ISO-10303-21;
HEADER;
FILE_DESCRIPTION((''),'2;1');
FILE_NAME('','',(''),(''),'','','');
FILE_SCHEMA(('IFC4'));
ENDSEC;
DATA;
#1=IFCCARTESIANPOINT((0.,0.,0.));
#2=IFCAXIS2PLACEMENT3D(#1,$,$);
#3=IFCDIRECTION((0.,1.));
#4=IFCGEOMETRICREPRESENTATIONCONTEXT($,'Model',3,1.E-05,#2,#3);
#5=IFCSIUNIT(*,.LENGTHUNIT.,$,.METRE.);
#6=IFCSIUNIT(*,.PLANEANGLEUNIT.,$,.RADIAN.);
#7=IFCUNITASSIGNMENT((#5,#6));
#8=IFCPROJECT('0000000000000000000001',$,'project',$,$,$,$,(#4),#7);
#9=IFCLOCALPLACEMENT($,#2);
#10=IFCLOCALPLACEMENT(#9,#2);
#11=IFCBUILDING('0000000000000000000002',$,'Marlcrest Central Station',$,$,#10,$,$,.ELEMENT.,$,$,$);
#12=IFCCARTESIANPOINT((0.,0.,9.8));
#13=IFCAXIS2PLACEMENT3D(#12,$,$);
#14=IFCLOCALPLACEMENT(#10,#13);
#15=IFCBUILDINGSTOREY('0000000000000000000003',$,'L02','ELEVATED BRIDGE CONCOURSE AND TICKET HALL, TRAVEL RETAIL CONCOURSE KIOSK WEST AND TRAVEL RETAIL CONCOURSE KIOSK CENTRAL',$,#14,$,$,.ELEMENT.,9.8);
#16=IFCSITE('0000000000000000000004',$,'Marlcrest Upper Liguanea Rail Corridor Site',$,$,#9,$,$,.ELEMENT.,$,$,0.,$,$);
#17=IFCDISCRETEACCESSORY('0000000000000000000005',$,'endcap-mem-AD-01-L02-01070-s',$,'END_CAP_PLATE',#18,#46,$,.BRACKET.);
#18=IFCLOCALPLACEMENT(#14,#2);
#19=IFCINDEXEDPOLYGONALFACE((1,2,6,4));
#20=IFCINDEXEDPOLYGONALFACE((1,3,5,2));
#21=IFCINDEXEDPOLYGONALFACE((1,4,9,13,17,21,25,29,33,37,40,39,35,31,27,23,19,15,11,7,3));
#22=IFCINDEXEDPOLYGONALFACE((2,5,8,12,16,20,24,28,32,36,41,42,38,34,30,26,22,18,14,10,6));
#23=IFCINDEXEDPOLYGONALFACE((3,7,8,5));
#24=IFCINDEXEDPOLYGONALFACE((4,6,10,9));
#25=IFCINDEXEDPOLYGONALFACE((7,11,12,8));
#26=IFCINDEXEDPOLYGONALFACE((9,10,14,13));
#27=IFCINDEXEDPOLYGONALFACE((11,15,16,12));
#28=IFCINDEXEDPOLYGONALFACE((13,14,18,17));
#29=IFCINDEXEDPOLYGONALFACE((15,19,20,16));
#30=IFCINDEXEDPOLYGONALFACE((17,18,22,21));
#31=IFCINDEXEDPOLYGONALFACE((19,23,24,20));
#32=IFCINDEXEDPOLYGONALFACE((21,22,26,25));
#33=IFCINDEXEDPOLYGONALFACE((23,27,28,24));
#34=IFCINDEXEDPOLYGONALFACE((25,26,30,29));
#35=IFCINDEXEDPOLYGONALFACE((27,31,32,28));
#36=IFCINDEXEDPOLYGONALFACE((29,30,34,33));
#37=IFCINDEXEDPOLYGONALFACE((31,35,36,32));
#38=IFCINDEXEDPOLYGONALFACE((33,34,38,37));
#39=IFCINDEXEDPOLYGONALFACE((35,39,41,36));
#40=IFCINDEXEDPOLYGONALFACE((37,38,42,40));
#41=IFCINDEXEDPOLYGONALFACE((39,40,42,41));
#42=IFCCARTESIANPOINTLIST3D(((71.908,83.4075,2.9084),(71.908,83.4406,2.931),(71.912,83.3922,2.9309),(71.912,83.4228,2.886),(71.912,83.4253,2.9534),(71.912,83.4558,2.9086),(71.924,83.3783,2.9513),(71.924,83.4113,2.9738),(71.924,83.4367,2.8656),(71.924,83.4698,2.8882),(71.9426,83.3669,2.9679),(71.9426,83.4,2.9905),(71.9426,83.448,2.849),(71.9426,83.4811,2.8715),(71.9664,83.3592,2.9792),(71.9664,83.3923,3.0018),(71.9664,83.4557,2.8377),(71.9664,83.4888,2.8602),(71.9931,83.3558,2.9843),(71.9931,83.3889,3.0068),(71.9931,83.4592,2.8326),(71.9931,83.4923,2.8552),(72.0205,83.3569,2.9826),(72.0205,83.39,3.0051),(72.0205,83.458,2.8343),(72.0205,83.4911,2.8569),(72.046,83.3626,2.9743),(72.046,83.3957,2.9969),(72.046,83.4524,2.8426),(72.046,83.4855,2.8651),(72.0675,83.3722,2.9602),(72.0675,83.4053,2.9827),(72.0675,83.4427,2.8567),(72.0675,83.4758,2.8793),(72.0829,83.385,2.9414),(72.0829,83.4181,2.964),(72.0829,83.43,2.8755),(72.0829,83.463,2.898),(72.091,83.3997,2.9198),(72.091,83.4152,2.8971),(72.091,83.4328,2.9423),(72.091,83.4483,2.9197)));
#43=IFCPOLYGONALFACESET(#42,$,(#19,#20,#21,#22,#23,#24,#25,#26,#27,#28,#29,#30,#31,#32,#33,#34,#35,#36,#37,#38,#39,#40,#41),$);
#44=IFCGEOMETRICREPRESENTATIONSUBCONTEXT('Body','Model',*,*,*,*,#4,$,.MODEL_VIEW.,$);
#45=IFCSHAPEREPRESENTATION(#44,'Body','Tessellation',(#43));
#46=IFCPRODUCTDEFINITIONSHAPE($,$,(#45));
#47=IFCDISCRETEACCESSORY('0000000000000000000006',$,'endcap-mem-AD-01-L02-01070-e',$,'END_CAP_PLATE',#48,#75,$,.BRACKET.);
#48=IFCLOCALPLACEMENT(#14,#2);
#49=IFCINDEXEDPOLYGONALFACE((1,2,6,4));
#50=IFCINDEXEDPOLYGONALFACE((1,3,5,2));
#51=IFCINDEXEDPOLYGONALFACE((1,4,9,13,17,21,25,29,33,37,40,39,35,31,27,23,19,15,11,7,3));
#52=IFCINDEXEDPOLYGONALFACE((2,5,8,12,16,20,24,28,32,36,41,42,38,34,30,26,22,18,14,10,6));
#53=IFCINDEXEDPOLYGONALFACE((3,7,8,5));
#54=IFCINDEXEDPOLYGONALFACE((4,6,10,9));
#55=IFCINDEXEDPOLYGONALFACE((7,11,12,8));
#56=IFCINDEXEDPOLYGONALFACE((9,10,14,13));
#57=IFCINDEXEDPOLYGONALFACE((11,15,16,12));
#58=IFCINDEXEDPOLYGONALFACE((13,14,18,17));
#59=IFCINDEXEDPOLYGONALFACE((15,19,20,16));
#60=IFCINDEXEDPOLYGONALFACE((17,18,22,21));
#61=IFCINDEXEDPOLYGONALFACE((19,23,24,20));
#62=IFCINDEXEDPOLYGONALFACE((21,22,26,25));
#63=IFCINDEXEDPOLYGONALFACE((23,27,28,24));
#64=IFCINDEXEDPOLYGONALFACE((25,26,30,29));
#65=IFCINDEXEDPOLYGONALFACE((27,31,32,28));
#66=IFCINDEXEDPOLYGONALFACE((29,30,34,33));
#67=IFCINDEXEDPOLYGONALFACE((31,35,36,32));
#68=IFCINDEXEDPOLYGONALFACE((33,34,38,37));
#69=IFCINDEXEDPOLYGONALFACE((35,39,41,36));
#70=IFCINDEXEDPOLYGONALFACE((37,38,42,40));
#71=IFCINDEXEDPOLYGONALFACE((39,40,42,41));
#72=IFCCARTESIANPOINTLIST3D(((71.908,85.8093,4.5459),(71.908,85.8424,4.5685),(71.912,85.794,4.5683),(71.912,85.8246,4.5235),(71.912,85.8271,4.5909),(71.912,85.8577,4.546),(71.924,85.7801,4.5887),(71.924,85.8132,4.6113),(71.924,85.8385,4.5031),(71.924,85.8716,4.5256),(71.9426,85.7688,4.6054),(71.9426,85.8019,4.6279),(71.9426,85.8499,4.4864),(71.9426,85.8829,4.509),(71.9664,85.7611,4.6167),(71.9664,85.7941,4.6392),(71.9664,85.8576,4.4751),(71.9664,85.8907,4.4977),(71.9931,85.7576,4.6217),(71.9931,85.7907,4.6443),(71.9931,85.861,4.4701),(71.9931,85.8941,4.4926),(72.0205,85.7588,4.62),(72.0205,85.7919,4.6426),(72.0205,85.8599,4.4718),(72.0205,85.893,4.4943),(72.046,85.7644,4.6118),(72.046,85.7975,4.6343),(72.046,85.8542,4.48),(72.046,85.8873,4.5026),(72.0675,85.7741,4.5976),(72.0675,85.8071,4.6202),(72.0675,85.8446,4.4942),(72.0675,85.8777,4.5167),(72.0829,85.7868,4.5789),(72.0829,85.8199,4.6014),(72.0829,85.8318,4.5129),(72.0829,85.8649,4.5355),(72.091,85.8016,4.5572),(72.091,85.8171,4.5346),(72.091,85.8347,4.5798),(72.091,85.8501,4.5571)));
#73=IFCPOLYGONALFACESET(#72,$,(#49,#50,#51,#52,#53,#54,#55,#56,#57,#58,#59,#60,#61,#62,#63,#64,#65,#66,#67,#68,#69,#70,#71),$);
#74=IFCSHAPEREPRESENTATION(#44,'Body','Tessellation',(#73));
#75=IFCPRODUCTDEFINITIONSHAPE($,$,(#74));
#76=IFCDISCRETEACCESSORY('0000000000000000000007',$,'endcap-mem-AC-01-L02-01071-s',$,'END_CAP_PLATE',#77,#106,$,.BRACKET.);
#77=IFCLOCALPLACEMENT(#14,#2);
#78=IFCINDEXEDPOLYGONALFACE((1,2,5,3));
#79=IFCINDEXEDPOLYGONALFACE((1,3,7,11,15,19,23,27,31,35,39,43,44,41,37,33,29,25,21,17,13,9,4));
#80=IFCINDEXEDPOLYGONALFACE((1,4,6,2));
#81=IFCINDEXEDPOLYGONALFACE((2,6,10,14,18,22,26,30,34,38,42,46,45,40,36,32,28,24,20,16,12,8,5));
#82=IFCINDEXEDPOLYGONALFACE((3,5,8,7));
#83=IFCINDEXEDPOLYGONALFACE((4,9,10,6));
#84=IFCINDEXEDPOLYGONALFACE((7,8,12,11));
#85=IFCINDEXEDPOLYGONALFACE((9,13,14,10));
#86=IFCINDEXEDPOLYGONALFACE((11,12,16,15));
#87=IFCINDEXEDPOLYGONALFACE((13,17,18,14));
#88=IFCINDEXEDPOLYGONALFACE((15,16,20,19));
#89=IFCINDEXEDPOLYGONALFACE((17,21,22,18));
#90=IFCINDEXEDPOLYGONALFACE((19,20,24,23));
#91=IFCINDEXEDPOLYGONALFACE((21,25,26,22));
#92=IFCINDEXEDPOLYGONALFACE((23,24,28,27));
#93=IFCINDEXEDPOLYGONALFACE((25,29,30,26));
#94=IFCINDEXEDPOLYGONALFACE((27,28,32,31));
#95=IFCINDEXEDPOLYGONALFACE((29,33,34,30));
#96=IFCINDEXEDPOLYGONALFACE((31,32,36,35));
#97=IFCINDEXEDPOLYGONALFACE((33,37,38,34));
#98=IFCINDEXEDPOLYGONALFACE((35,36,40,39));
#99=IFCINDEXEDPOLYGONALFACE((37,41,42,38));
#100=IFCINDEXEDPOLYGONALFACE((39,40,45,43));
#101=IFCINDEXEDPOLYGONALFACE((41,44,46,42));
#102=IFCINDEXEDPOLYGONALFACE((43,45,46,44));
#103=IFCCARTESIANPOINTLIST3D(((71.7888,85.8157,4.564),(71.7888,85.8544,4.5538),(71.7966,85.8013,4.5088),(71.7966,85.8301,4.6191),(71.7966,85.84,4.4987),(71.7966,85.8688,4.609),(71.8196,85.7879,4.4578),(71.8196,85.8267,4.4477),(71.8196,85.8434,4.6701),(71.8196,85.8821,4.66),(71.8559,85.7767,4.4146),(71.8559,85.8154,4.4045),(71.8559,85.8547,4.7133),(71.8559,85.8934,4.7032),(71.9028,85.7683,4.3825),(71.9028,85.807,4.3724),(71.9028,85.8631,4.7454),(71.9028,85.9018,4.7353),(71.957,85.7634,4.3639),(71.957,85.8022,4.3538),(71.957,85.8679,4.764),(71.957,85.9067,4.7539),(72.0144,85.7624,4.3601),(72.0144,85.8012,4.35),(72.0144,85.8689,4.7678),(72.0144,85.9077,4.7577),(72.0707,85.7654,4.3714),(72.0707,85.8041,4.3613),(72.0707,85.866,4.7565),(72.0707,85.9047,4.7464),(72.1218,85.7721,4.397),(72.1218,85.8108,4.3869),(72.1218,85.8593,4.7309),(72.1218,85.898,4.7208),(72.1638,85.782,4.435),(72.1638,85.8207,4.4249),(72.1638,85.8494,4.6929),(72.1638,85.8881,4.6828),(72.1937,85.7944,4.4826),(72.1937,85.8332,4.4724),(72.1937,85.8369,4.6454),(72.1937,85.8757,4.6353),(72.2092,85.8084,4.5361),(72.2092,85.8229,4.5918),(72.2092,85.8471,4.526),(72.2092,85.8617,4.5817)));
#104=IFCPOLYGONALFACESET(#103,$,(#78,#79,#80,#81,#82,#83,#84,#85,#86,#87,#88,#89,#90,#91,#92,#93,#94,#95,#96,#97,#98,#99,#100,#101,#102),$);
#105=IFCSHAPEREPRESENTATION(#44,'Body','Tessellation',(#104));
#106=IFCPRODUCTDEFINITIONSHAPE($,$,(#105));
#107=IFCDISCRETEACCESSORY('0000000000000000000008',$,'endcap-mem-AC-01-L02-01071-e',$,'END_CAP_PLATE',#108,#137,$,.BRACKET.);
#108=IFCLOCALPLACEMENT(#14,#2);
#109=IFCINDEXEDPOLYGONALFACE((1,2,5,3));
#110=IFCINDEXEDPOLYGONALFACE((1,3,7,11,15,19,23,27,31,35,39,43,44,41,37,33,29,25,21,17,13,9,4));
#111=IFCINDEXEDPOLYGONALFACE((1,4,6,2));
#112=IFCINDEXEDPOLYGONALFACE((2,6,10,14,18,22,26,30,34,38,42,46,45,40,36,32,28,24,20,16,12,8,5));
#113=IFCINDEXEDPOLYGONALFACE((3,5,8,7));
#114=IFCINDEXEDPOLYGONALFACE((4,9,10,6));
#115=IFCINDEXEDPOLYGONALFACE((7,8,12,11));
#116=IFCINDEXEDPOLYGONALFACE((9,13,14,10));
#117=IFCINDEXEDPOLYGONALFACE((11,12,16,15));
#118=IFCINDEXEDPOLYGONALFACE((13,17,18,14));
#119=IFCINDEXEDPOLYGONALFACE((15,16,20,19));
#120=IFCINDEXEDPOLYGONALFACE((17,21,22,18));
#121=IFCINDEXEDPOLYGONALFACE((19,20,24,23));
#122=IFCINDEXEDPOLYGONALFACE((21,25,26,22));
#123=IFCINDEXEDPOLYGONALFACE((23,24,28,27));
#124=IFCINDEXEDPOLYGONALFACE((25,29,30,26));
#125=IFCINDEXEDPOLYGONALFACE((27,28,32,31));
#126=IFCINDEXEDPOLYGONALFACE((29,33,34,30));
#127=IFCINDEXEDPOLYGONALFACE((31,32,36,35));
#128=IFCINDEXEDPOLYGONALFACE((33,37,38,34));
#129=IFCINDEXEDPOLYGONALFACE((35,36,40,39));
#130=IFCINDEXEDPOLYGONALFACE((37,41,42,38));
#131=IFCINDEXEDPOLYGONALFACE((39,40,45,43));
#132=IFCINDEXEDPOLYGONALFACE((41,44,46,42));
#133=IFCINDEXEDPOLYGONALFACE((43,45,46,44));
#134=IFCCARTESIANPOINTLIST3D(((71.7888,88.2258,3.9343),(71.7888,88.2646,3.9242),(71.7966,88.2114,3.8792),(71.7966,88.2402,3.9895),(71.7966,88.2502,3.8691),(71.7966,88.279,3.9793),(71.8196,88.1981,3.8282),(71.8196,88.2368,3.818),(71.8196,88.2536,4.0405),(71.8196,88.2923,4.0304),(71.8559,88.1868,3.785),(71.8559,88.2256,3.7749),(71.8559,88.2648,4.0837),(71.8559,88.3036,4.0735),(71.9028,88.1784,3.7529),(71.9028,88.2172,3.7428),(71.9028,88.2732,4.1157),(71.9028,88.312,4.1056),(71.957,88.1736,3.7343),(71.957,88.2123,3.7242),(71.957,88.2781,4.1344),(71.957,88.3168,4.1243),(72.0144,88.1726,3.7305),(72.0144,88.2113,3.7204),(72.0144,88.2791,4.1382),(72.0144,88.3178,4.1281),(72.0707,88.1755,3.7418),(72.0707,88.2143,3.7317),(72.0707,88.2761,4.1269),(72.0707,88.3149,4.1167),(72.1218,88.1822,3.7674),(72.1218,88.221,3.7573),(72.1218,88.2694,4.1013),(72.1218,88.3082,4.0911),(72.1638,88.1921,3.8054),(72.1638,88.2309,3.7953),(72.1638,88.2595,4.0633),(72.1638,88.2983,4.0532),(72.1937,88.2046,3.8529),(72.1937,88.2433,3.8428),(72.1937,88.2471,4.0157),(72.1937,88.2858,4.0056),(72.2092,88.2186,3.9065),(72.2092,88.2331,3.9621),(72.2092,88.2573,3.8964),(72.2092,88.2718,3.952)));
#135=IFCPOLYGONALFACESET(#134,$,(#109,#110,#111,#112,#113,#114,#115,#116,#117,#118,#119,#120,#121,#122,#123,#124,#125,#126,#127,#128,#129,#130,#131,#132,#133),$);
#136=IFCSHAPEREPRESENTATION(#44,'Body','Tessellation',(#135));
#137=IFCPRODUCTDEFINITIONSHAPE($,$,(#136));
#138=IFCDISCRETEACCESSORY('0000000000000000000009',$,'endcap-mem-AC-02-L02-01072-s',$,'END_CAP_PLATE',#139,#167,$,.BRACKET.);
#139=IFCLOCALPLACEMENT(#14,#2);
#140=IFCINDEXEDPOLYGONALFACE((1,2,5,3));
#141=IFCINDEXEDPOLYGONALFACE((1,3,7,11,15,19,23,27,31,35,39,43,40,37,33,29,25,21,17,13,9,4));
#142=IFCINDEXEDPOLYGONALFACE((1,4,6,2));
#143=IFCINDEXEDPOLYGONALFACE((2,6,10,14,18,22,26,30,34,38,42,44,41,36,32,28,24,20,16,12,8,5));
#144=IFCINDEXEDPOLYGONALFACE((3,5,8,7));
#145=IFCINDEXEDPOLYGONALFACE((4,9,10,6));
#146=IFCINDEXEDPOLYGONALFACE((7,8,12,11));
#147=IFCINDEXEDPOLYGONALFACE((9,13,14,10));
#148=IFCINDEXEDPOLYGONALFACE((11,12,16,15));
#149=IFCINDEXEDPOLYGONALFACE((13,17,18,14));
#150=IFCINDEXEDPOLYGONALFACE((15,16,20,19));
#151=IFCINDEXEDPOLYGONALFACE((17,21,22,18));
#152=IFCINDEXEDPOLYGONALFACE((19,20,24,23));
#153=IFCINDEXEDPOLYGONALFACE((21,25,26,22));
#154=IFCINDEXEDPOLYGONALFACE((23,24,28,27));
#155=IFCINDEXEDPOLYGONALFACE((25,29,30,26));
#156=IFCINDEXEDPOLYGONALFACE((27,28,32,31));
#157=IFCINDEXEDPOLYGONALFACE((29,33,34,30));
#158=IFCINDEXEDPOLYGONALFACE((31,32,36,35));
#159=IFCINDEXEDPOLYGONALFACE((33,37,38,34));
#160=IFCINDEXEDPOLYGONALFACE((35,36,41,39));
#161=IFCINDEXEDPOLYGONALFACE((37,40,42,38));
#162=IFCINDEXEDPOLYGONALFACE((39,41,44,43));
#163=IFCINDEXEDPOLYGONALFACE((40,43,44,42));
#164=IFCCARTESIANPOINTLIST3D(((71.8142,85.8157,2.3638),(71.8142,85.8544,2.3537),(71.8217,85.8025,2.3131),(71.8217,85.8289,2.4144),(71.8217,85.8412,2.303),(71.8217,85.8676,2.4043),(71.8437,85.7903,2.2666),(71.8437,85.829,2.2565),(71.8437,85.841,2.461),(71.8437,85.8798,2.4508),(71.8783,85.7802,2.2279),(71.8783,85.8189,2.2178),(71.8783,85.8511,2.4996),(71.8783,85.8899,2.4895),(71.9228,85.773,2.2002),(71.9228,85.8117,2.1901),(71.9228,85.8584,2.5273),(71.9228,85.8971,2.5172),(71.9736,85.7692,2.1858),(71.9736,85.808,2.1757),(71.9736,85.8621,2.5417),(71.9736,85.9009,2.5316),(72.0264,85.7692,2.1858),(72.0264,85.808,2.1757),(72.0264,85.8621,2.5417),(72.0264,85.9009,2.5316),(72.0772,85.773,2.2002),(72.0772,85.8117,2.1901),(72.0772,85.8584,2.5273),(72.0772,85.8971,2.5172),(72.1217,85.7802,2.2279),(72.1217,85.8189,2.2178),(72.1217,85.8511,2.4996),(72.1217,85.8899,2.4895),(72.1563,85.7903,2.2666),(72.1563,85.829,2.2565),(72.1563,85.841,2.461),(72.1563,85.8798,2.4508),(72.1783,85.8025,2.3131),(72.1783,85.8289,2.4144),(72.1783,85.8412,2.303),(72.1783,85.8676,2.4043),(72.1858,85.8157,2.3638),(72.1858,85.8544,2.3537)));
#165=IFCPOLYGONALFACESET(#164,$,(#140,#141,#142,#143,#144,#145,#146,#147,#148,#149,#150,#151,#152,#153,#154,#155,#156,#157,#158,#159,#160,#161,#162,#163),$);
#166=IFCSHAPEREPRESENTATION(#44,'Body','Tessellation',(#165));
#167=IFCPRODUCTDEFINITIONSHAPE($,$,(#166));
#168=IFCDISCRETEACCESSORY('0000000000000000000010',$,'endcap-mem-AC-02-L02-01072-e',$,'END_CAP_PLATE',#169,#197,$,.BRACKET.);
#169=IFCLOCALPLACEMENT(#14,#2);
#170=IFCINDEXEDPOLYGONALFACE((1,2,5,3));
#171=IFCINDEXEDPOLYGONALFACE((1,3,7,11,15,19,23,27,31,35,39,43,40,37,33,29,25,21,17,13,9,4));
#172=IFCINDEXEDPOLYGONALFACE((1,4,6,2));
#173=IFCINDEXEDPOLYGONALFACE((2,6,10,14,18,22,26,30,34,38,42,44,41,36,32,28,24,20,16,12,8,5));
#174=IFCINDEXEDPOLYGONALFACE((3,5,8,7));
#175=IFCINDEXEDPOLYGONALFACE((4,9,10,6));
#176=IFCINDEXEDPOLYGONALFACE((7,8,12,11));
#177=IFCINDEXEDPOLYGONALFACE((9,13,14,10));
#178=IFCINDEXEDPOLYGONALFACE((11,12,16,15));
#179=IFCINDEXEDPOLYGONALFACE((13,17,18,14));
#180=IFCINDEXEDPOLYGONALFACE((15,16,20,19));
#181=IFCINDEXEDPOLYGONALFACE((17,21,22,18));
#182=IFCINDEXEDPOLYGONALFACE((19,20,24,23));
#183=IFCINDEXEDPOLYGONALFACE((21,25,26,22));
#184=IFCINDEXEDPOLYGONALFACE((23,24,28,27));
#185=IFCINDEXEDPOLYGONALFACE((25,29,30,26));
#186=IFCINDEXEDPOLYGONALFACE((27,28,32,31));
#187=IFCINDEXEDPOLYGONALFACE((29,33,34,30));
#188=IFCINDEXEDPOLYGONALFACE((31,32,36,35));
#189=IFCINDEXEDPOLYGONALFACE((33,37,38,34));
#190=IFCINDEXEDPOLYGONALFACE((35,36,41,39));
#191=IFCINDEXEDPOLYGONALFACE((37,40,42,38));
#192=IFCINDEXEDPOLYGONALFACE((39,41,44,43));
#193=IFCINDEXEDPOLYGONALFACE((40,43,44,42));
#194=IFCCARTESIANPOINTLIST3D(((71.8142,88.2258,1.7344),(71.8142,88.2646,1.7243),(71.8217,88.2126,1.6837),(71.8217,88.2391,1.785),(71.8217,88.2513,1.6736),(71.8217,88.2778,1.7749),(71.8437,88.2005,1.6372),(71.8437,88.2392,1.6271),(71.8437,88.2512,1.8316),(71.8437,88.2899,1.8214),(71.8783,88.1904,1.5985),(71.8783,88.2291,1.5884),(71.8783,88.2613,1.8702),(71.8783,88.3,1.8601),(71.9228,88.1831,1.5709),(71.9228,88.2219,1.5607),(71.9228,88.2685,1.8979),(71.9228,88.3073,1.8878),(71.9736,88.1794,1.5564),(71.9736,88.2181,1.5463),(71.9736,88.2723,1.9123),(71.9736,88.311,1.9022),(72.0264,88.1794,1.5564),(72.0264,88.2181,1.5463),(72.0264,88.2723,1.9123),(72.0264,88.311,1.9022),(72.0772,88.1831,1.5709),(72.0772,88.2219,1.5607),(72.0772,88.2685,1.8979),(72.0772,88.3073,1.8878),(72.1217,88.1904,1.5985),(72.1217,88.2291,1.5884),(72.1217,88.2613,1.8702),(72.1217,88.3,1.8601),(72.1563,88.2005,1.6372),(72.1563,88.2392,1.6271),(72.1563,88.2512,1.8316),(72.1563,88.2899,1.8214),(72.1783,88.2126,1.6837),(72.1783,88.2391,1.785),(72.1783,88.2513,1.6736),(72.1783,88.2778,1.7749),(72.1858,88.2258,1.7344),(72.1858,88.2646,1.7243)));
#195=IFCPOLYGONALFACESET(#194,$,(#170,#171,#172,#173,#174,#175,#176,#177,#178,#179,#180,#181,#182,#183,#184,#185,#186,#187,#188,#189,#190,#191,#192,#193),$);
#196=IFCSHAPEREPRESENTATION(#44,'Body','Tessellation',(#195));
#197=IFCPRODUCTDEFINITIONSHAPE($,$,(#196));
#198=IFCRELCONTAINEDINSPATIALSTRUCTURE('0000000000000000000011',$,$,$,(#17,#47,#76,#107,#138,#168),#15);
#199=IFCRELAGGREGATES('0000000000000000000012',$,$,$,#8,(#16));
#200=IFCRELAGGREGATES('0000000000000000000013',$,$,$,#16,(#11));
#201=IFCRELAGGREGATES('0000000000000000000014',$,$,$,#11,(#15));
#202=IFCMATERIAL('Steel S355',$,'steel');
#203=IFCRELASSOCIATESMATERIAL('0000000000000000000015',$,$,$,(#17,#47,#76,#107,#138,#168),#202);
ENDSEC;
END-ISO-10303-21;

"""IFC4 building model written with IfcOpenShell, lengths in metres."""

from ifc_helpers import new_model, si_unit, direction, frame, origin, origin_2d, place, context, subcontext, project, spatial, circle, extrude, material, element, save


model = new_model("IFC4")

# Units and contexts
model_context = context("Model", 3, precision=1e-05, world=origin(), true_north=direction((0.0, 1.0)))
body_context = subcontext(model_context, "Body", "Model", "MODEL_VIEW")
ifc_project = project(units=[si_unit("LENGTHUNIT", "METRE"), si_unit("PLANEANGLEUNIT", "RADIAN")], contexts=[model_context])

# Site, building, storey
site_placement = place(None, origin())
site = spatial("IfcSite", under=ifc_project, at=site_placement, Name="Marlcrest Upper Liguanea Rail Corridor Site", CompositionType="ELEMENT", RefElevation=0.0)
building_placement = place(site_placement, origin())
building = spatial("IfcBuilding", under=site, at=building_placement, Name="Marlcrest Central Station", CompositionType="ELEMENT")
storey_placement = place(building_placement, frame((0.0, 0.0, 9.8)))
storey = spatial("IfcBuildingStorey", under=building, at=storey_placement, Name="L02", Description="ELEVATED BRIDGE CONCOURSE AND TICKET HALL, TRAVEL RETAIL CONCOURSE KIOSK WEST AND TRAVEL RETAIL CONCOURSE KIOSK CENTRAL", CompositionType="ELEMENT", Elevation=9.8)

# Shared definitions
ifc_material_1 = material(Name="Steel S355", Category="steel")

# Discrete accessories
for number, where, z_axis, x_axis, name in (
    (1, (72.0, 83.4075, 2.9084), (0.0, 0.826263, 0.563285), (-1.0, 0.0, 0.0), "endcap-mem-AD-01-L02-01070-s"),
    (2, (72.0, 85.8093, 4.5459), (0.0, 0.826263, 0.563285), (-1.0, 0.0, 0.0), "endcap-mem-AD-01-L02-01070-e"),
):
    element("IfcDiscreteAccessory", number, at=place(storey_placement, frame(where, z_axis=z_axis, x_axis=x_axis)), inside=storey, material=ifc_material_1, Name=name, ObjectType="END_CAP_PLATE", PredefinedType="BRACKET", context=body_context, shape_type="SweptSolid", body=[
        extrude(circle(Radius=0.092, at=origin_2d()), origin(), (0.0, 0.0, 1.0), 0.04),
    ])
for number, where, z_axis, x_axis, name in (
    (3, (72.0, 85.8157, 4.564), (0.0, 0.967539, -0.25272), (-1.0, 0.0, 0.0), "endcap-mem-AC-01-L02-01071-s"),
    (4, (72.0, 88.2258, 3.9343), (0.0, 0.967539, -0.25272), (-1.0, 0.0, 0.0), "endcap-mem-AC-01-L02-01071-e"),
):
    element("IfcDiscreteAccessory", number, at=place(storey_placement, frame(where, z_axis=z_axis, x_axis=x_axis)), inside=storey, material=ifc_material_1, Name=name, ObjectType="END_CAP_PLATE", PredefinedType="BRACKET", context=body_context, shape_type="SweptSolid", body=[
        extrude(circle(Radius=0.2112, at=origin_2d()), origin(), (0.0, 0.0, 1.0), 0.04),
    ])
for number, where, z_axis, x_axis, name in (
    (5, (72.0, 85.8157, 2.3638), (0.0, 0.967563, -0.252629), (-1.0, 0.0, 0.0), "endcap-mem-AC-02-L02-01072-s"),
    (6, (72.0, 88.2258, 1.7344), (0.0, 0.967563, -0.252629), (-1.0, 0.0, 0.0), "endcap-mem-AC-02-L02-01072-e"),
):
    element("IfcDiscreteAccessory", number, at=place(storey_placement, frame(where, z_axis=z_axis, x_axis=x_axis)), inside=storey, material=ifc_material_1, Name=name, ObjectType="END_CAP_PLATE", PredefinedType="BRACKET", context=body_context, shape_type="SweptSolid", body=[
        extrude(circle(Radius=0.1858, at=origin_2d()), origin(), (0.0, 0.0, 1.0), 0.04),
    ])

save(model, "model.ifc")
